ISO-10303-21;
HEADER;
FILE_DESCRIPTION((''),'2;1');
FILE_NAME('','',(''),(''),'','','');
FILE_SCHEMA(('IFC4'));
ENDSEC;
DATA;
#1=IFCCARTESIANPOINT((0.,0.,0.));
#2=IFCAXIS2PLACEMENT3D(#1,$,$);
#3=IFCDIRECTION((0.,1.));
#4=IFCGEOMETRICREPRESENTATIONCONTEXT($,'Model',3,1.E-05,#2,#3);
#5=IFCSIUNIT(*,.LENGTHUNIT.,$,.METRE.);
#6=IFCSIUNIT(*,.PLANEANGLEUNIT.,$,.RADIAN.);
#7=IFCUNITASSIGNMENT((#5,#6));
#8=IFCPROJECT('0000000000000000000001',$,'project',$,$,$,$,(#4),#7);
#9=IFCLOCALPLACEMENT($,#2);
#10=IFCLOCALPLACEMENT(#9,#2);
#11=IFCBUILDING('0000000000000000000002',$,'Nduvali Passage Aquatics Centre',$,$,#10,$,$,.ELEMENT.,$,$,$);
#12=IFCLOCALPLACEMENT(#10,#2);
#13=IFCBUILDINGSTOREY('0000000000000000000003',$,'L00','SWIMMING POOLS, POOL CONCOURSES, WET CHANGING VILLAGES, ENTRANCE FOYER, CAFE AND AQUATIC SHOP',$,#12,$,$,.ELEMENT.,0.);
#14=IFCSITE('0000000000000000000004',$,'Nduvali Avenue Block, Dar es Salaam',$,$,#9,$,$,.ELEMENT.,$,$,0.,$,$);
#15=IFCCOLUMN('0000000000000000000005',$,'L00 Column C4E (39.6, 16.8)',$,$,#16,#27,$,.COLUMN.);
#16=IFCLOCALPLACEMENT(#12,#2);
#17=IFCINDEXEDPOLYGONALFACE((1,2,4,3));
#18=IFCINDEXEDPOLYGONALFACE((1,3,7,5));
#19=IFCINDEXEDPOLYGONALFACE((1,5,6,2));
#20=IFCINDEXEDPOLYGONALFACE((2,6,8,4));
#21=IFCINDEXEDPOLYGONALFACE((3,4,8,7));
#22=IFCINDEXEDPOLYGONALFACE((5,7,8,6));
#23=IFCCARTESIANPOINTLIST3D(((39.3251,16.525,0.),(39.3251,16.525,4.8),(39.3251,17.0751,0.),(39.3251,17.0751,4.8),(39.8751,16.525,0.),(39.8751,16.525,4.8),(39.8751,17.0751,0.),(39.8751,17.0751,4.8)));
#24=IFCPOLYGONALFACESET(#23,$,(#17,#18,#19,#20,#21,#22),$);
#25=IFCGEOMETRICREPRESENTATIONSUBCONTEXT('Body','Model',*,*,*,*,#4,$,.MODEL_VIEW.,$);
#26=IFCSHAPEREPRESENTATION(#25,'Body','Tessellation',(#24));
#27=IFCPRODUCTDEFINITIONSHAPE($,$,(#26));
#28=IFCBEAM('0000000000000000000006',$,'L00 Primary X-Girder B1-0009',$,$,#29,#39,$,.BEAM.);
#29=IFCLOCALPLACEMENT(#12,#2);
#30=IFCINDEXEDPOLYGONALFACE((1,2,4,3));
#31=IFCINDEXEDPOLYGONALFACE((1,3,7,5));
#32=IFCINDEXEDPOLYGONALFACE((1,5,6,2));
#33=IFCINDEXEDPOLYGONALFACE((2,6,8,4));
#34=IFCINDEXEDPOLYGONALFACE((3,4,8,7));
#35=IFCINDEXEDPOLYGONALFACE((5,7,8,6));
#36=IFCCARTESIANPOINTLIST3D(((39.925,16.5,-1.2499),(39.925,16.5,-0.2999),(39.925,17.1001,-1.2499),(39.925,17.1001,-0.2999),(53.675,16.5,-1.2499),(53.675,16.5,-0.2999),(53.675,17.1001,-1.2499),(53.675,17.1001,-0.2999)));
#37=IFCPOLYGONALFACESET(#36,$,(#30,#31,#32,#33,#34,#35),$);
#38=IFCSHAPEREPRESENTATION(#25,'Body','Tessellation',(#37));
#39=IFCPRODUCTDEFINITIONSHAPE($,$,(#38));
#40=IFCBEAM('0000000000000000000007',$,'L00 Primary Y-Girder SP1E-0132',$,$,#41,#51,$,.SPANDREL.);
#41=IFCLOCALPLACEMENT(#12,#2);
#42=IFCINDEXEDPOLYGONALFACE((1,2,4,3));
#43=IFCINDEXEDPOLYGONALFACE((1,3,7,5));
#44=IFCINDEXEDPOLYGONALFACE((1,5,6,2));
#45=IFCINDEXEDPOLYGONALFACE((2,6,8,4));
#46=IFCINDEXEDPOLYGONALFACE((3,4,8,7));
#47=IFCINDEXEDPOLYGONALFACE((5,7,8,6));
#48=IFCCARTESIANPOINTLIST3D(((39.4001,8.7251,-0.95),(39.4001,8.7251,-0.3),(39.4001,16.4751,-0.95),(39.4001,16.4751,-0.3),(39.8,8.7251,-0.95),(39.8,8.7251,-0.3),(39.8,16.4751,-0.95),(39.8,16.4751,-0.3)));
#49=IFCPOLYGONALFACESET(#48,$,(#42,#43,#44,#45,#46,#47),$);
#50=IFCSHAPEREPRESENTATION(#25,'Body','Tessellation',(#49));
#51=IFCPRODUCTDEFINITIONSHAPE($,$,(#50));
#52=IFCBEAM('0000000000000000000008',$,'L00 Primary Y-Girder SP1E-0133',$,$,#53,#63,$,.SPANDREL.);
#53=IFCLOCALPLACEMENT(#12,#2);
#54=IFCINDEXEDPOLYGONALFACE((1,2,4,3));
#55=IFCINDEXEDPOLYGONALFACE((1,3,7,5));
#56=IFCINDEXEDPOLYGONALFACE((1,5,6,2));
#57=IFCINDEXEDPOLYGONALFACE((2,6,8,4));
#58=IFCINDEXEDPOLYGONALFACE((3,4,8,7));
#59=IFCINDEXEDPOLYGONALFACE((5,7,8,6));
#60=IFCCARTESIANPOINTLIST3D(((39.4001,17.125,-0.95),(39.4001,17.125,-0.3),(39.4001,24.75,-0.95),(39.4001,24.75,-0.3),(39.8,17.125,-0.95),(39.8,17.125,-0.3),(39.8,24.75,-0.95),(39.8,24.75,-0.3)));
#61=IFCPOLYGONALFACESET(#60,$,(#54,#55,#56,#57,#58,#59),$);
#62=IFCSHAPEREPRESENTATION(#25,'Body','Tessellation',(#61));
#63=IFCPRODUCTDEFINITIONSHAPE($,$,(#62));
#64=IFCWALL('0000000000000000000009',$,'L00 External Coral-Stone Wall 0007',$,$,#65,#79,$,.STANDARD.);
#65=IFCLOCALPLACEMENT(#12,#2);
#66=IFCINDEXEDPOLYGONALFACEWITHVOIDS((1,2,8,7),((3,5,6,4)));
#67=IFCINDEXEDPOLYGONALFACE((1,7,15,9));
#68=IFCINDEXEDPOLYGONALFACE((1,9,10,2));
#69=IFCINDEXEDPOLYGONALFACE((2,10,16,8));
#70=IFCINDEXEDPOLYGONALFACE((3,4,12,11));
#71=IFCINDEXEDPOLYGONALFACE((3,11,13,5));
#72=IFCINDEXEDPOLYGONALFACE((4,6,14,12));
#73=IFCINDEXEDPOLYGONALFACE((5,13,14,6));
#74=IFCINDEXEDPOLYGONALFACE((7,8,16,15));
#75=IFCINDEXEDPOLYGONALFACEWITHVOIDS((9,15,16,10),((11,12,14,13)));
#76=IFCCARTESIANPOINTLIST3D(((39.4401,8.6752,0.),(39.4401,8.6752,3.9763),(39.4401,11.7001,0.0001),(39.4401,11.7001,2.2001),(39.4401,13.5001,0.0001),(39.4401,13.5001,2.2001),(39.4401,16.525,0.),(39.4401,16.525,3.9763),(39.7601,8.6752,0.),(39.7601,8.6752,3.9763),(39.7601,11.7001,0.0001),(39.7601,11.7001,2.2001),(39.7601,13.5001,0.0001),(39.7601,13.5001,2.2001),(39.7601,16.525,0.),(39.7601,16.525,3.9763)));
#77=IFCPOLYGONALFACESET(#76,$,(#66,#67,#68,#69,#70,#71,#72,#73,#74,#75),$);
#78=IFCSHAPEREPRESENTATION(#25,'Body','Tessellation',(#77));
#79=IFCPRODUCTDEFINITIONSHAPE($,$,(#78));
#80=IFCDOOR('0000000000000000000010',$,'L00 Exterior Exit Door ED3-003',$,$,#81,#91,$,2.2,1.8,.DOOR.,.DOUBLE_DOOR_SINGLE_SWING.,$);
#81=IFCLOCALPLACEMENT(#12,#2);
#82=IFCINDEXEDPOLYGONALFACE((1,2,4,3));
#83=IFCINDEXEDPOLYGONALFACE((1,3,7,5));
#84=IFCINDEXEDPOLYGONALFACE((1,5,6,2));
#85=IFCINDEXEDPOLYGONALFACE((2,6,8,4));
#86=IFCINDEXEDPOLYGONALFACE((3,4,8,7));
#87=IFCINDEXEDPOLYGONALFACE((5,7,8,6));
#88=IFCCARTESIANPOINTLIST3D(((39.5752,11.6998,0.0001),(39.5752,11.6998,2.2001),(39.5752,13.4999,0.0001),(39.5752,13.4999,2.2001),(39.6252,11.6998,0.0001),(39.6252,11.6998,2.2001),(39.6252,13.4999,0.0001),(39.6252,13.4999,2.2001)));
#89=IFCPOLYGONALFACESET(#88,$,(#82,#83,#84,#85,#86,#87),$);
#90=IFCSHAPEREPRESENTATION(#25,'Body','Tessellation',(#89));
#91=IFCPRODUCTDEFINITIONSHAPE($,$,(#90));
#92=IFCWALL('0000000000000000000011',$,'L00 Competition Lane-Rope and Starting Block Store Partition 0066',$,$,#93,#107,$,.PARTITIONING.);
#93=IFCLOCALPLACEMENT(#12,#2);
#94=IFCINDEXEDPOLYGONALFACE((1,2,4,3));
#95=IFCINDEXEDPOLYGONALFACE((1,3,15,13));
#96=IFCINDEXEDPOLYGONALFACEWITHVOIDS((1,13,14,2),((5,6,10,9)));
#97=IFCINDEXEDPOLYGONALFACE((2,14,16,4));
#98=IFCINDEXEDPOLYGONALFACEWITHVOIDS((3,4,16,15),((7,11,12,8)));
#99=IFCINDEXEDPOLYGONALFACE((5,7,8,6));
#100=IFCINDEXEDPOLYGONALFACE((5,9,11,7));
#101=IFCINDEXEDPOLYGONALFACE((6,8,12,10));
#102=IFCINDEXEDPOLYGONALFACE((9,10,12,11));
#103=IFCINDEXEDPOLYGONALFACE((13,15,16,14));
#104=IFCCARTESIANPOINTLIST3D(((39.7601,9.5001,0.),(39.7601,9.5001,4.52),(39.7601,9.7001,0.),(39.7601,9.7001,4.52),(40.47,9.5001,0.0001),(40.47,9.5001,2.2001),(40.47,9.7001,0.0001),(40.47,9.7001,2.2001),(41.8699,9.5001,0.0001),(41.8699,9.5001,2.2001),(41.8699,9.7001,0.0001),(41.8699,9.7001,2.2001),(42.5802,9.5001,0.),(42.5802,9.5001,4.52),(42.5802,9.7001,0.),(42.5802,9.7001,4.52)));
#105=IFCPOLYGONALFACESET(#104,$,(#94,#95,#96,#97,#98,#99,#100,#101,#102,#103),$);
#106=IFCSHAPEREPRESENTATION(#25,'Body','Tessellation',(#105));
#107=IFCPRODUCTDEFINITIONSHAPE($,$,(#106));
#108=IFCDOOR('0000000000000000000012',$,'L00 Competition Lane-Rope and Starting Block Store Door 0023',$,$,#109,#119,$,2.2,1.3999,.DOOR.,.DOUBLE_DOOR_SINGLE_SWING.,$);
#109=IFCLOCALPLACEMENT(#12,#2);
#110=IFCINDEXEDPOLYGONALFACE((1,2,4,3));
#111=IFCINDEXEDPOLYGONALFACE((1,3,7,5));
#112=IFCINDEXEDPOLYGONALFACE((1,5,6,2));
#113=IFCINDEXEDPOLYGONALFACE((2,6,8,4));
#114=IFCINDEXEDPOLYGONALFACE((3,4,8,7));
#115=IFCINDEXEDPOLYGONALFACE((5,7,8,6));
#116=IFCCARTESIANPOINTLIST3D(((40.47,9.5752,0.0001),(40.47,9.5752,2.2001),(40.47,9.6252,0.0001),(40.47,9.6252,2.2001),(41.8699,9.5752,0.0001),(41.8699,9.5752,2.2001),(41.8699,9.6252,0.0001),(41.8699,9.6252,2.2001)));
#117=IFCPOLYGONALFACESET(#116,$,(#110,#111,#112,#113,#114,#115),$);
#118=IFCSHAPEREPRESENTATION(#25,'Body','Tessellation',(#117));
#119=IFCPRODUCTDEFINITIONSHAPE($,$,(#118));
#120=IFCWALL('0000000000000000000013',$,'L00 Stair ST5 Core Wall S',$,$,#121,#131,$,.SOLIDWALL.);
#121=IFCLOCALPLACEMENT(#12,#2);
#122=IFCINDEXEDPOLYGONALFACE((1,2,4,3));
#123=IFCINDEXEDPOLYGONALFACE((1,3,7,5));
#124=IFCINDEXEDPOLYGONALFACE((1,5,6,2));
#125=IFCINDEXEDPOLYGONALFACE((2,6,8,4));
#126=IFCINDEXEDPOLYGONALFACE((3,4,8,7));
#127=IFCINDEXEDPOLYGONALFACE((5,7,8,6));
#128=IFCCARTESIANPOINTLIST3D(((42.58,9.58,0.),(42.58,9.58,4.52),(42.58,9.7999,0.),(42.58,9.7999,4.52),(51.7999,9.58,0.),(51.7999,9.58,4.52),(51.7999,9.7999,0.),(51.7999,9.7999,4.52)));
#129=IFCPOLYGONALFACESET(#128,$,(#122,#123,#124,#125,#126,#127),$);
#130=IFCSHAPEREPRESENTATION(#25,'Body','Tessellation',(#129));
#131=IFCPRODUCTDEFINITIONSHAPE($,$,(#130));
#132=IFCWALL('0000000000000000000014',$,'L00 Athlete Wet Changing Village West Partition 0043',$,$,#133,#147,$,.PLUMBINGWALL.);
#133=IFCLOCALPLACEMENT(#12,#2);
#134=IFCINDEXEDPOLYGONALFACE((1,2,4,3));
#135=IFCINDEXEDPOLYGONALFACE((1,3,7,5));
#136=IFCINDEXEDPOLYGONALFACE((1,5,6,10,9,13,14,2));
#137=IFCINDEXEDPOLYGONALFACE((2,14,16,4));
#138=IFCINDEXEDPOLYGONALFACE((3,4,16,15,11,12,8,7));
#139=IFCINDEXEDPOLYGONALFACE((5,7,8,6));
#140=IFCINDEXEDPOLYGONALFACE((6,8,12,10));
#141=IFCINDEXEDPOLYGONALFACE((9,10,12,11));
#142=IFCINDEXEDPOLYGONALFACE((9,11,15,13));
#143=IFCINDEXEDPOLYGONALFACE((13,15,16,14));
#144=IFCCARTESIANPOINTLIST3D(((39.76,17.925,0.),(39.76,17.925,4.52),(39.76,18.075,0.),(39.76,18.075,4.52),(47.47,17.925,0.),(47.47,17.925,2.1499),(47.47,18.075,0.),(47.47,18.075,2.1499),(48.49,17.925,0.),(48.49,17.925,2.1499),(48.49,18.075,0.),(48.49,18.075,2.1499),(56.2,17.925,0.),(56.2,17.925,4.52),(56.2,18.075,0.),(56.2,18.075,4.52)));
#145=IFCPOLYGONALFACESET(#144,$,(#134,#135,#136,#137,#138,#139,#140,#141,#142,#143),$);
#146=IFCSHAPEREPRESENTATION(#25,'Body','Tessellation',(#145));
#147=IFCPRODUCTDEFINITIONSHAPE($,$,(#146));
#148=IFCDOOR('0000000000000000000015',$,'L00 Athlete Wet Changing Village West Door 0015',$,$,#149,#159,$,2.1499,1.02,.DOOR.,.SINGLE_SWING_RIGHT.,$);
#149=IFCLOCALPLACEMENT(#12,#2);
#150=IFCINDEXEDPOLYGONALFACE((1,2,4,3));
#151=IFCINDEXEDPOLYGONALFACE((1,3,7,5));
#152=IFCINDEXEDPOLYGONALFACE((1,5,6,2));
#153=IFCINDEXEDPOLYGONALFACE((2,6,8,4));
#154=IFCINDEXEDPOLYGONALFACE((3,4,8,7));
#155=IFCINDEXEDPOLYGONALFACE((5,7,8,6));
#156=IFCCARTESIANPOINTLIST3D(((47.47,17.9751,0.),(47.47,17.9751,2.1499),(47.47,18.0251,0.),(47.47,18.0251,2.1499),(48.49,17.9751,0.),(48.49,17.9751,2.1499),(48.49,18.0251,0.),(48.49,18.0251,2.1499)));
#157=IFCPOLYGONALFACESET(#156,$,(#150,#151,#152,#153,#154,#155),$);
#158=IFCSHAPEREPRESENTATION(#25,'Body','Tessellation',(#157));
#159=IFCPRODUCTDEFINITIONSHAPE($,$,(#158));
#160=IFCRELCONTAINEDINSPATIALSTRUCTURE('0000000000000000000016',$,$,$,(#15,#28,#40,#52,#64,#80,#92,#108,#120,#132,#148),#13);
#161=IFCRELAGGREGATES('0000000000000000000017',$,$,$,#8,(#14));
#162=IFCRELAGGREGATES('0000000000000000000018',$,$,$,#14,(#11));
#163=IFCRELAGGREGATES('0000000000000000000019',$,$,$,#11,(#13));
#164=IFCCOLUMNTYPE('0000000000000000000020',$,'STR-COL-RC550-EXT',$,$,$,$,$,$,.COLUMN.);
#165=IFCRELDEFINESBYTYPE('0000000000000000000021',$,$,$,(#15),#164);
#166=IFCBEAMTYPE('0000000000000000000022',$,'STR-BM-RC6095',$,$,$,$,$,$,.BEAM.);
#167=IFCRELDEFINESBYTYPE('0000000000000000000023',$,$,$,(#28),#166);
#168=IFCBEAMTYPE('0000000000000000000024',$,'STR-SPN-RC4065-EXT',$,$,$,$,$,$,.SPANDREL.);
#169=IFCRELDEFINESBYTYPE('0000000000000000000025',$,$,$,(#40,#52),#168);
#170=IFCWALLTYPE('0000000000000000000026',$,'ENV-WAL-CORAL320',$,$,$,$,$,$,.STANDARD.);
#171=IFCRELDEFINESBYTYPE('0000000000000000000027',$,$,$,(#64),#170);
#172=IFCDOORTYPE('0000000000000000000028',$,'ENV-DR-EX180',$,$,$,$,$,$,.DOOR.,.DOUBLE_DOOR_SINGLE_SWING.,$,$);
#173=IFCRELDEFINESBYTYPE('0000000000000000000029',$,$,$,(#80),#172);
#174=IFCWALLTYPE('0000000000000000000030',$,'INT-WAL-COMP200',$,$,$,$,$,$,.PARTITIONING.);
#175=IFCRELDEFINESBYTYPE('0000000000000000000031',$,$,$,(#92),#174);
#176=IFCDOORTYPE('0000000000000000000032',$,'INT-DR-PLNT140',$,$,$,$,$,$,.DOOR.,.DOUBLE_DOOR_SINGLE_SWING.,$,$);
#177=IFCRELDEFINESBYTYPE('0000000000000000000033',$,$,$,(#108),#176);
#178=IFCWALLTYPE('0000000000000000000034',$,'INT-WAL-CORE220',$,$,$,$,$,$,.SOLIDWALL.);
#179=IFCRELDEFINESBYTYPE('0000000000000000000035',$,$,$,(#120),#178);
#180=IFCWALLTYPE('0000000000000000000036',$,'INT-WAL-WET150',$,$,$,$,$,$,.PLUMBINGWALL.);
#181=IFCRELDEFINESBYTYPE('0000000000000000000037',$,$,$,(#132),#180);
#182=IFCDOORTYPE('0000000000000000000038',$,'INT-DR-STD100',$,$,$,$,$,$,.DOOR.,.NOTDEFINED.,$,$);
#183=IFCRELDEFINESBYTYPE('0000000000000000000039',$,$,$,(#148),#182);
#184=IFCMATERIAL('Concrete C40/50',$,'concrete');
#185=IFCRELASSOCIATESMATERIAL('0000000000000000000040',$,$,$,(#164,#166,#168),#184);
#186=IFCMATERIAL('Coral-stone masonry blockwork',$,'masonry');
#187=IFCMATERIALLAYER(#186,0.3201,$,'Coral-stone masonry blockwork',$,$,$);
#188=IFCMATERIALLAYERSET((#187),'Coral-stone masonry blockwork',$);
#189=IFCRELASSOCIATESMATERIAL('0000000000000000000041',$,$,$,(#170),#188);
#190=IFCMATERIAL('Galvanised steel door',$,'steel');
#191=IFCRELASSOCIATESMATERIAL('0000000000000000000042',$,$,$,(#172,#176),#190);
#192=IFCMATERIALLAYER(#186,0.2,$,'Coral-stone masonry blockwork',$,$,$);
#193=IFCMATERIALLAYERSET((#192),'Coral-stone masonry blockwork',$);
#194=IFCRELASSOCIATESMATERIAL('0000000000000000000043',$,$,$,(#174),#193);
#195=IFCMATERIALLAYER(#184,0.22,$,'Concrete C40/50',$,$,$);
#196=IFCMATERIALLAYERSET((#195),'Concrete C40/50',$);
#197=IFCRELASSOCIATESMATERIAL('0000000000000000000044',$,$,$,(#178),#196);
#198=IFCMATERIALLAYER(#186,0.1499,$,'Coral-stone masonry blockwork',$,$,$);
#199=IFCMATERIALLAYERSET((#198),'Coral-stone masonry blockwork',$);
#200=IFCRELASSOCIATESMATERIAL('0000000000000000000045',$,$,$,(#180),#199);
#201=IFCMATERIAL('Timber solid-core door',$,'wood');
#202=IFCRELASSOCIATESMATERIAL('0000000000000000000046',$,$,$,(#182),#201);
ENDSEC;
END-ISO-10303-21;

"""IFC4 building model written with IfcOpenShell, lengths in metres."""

from ifc_helpers import new_model, si_unit, direction, frame, frame_2d, origin, origin_2d, place, context, subcontext, project, spatial, rectangle, extrude, material, layer, layer_set, material_profile, profile_set, type_object, element, fill, save


model = new_model("IFC4")

# Units and contexts
model_context = context("Model", 3, precision=1e-05, world=origin(), true_north=direction((0.0, 1.0)))
body_context = subcontext(model_context, "Body", "Model", "MODEL_VIEW")
ifc_project = project(units=[si_unit("LENGTHUNIT", "METRE"), si_unit("PLANEANGLEUNIT", "RADIAN")], contexts=[model_context])

# Site, building, storey
site_placement = place(None, origin())
site = spatial("IfcSite", under=ifc_project, at=site_placement, Name="Nduvali Avenue Block, Dar es Salaam", CompositionType="ELEMENT", RefElevation=0.0)
building_placement = place(site_placement, origin())
building = spatial("IfcBuilding", under=site, at=building_placement, Name="Nduvali Passage Aquatics Centre", CompositionType="ELEMENT")
storey_placement = place(building_placement, origin())
storey = spatial("IfcBuildingStorey", under=building, at=storey_placement, Name="L00", Description="SWIMMING POOLS, POOL CONCOURSES, WET CHANGING VILLAGES, ENTRANCE FOYER, CAFE AND AQUATIC SHOP", CompositionType="ELEMENT", Elevation=0.0)

# Column
ifc_material_1 = material(Name="Concrete C40/50", Category="concrete")
ifc_material_profile_1 = material_profile(ifc_material_1, rectangle(XDim=0.55, YDim=0.55, at=origin_2d()), Name="RC 550x550")
ifc_profile_set_1 = profile_set([ifc_material_profile_1], Name="Concrete C40/50")
column_type = type_object("IfcColumnType", Name="STR-COL-RC550-EXT", PredefinedType="COLUMN", material=ifc_profile_set_1)
column_placement = place(storey_placement, frame((39.6001, 16.8, 0.0), z_axis=(0.0, 0.0, 1.0), x_axis=(1.0, 0.0, 0.0)))
element("IfcColumn", 1, at=column_placement, inside=storey, type_object=column_type, Name="L00 Column C4E (39.6, 16.8)", PredefinedType="COLUMN", context=body_context, shape_type="SweptSolid", body=[
    extrude(rectangle(XDim=0.55, YDim=0.55, at=origin_2d()), origin(), (0.0, 0.0, 1.0), 4.8),
])

# Beams
ifc_material_profile_2 = material_profile(ifc_material_1, rectangle(XDim=0.6001, YDim=0.95, at=origin_2d()), Name="RC 600x950")
ifc_profile_set_2 = profile_set([ifc_material_profile_2], Name="Concrete C40/50")
beam_type_1 = type_object("IfcBeamType", Name="STR-BM-RC6095", PredefinedType="BEAM", material=ifc_profile_set_2)
beam_1_placement = place(storey_placement, frame((39.925, 16.8, -0.7749), z_axis=(1.0, 0.0, 0.0), x_axis=(0.0, 1.0, 0.0)))
element("IfcBeam", 2, at=beam_1_placement, inside=storey, type_object=beam_type_1, Name="L00 Primary X-Girder B1-0009", PredefinedType="BEAM", context=body_context, shape_type="SweptSolid", body=[
    extrude(rectangle(XDim=0.6001, YDim=0.95, at=origin_2d()), origin(), (0.0, 0.0, 1.0), 13.75),
])
ifc_material_profile_3 = material_profile(ifc_material_1, rectangle(XDim=0.3999, YDim=0.6499, at=origin_2d()), Name="RC 400x650")
ifc_profile_set_3 = profile_set([ifc_material_profile_3], Name="Concrete C40/50")
beam_type_2 = type_object("IfcBeamType", Name="STR-SPN-RC4065-EXT", PredefinedType="SPANDREL", material=ifc_profile_set_3)
beam_2_placement = place(storey_placement, frame((39.6001, 8.7251, -0.625), z_axis=(0.0, 1.0, 0.0), x_axis=(-1.0, 0.0, 0.0)))
element("IfcBeam", 3, at=beam_2_placement, inside=storey, type_object=beam_type_2, Name="L00 Primary Y-Girder SP1E-0132", PredefinedType="SPANDREL", context=body_context, shape_type="SweptSolid", body=[
    extrude(rectangle(XDim=0.3999, YDim=0.6499, at=origin_2d()), origin(), (0.0, 0.0, 1.0), 7.75),
])
beam_3_placement = place(storey_placement, frame((39.6001, 17.125, -0.625), z_axis=(0.0, 1.0, 0.0), x_axis=(-1.0, 0.0, 0.0)))
element("IfcBeam", 4, at=beam_3_placement, inside=storey, type_object=beam_type_2, Name="L00 Primary Y-Girder SP1E-0133", PredefinedType="SPANDREL", context=body_context, shape_type="SweptSolid", body=[
    extrude(rectangle(XDim=0.3999, YDim=0.6499, at=origin_2d()), origin(), (0.0, 0.0, 1.0), 7.625),
])

# Walls, openings, doors
ifc_material_2 = material(Name="Coral-stone masonry blockwork", Category="masonry")
ifc_layer_1 = layer(ifc_material_2, 0.3201, Name="Coral-stone masonry blockwork")
ifc_layer_set_1 = layer_set([ifc_layer_1], Name="Coral-stone masonry blockwork")
wall_type_1 = type_object("IfcWallType", Name="ENV-WAL-CORAL320", PredefinedType="STANDARD", material=ifc_layer_set_1)
wall_1_placement = place(storey_placement, frame((39.6001, 16.5249, 0.0), z_axis=(0.0, 0.0, 1.0), x_axis=(0.0, -1.0, 0.0)))
wall_1 = element("IfcWall", 5, at=wall_1_placement, inside=storey, type_object=wall_type_1, Name="L00 External Coral-Stone Wall 0007", PredefinedType="STANDARD", context=body_context, shape_type="SweptSolid", body=[
    extrude(rectangle(XDim=7.8499, YDim=0.3201, at=frame_2d((3.9248, 0.0))), origin(), (0.0, 0.0, 1.0), 3.9763),
])
opening_1_placement = place(wall_1_placement, frame((3.0249, 0.0, 0.0)))
opening_1 = element("IfcOpeningElement", 6, at=opening_1_placement, cuts=wall_1, PredefinedType="OPENING", context=body_context, shape_type="SweptSolid", body=[
    extrude(rectangle(XDim=1.8, YDim=2.2, at=frame_2d((0.8999, 1.1001))), frame((0.0, 0.1748, 0.0), z_axis=(0.0, -1.0, 0.0), x_axis=(1.0, 0.0, 0.0)), (0.0, 0.0, 1.0), 0.3499),
])
ifc_material_3 = material(Name="Galvanised steel door", Category="steel")
door_type_1 = type_object("IfcDoorType", Name="ENV-DR-EX180", OperationType="DOUBLE_DOOR_SINGLE_SWING", PredefinedType="DOOR", material=ifc_material_3)
door_1_placement = place(opening_1_placement, frame((1.8, 0.0, 0.0), z_axis=(0.0, 0.0, 1.0), x_axis=(-1.0, 0.0, 0.0)))
door_1 = element("IfcDoor", 7, at=door_1_placement, inside=storey, type_object=door_type_1, Name="L00 Exterior Exit Door ED3-003", OperationType="DOUBLE_DOOR_SINGLE_SWING", OverallHeight=2.2, OverallWidth=1.8, PredefinedType="DOOR", context=body_context, shape_type="SweptSolid", body=[
    extrude(rectangle(XDim=1.8, YDim=2.2, at=frame_2d((0.8999, 1.1001))), frame((0.0, 0.0249, 0.0), z_axis=(0.0, -1.0, 0.0), x_axis=(1.0, 0.0, 0.0)), (0.0, 0.0, 1.0), 0.05),
])
fill(opening_1, door_1)
ifc_layer_2 = layer(ifc_material_2, 0.2, Name="Coral-stone masonry blockwork")
ifc_layer_set_2 = layer_set([ifc_layer_2], Name="Coral-stone masonry blockwork")
wall_type_2 = type_object("IfcWallType", Name="INT-WAL-COMP200", PredefinedType="PARTITIONING", material=ifc_layer_set_2)
wall_2_placement = place(storey_placement, frame((39.76, 9.6001, 0.0), z_axis=(0.0, 0.0, 1.0), x_axis=(1.0, 0.0, 0.0)))
wall_2 = element("IfcWall", 8, at=wall_2_placement, inside=storey, type_object=wall_type_2, Name="L00 Competition Lane-Rope and Starting Block Store Partition 0066", PredefinedType="PARTITIONING", context=body_context, shape_type="SweptSolid", body=[
    extrude(rectangle(XDim=2.8201, YDim=0.2, at=frame_2d((1.4102, 0.0))), origin(), (0.0, 0.0, 1.0), 4.52),
])
opening_2_placement = place(wall_2_placement, frame((0.71, 0.0, 0.0)))
opening_2 = element("IfcOpeningElement", 9, at=opening_2_placement, cuts=wall_2, PredefinedType="OPENING", context=body_context, shape_type="SweptSolid", body=[
    extrude(rectangle(XDim=1.3999, YDim=2.2, at=frame_2d((0.7, 1.1001))), frame((0.0, 0.1147, 0.0), z_axis=(0.0, -1.0, 0.0), x_axis=(1.0, 0.0, 0.0)), (0.0, 0.0, 1.0), 0.2297),
])
door_type_2 = type_object("IfcDoorType", Name="INT-DR-PLNT140", OperationType="DOUBLE_DOOR_SINGLE_SWING", PredefinedType="DOOR", material=ifc_material_3)
door_2_placement = place(opening_2_placement, frame((1.3999, 0.0, 0.0), z_axis=(0.0, 0.0, 1.0), x_axis=(-1.0, 0.0, 0.0)))
door_2 = element("IfcDoor", 10, at=door_2_placement, inside=storey, type_object=door_type_2, Name="L00 Competition Lane-Rope and Starting Block Store Door 0023", OperationType="DOUBLE_DOOR_SINGLE_SWING", OverallHeight=2.2, OverallWidth=1.3999, PredefinedType="DOOR", context=body_context, shape_type="SweptSolid", body=[
    extrude(rectangle(XDim=1.3999, YDim=2.2, at=frame_2d((0.7, 1.1001))), frame((0.0, 0.0249, 0.0), z_axis=(0.0, -1.0, 0.0), x_axis=(1.0, 0.0, 0.0)), (0.0, 0.0, 1.0), 0.05),
])
fill(opening_2, door_2)

# Wall
ifc_layer_3 = layer(ifc_material_1, 0.22, Name="Concrete C40/50")
ifc_layer_set_3 = layer_set([ifc_layer_3], Name="Concrete C40/50")
wall_type_3 = type_object("IfcWallType", Name="INT-WAL-CORE220", PredefinedType="SOLIDWALL", material=ifc_layer_set_3)
wall_3_placement = place(storey_placement, frame((42.5801, 9.6899, 0.0), z_axis=(0.0, 0.0, 1.0), x_axis=(1.0, 0.0, 0.0)))
element("IfcWall", 11, at=wall_3_placement, inside=storey, type_object=wall_type_3, Name="L00 Stair ST5 Core Wall S", PredefinedType="SOLIDWALL", context=body_context, shape_type="SweptSolid", body=[
    extrude(rectangle(XDim=9.22, YDim=0.22, at=frame_2d((4.6099, 0.0))), origin(), (0.0, 0.0, 1.0), 4.52),
])

# Wall, opening, door
ifc_layer_4 = layer(ifc_material_2, 0.1499, Name="Coral-stone masonry blockwork")
ifc_layer_set_4 = layer_set([ifc_layer_4], Name="Coral-stone masonry blockwork")
wall_type_4 = type_object("IfcWallType", Name="INT-WAL-WET150", PredefinedType="PLUMBINGWALL", material=ifc_layer_set_4)
wall_4_placement = place(storey_placement, frame((39.76, 18.0, 0.0), z_axis=(0.0, 0.0, 1.0), x_axis=(1.0, 0.0, 0.0)))
wall_4 = element("IfcWall", 12, at=wall_4_placement, inside=storey, type_object=wall_type_4, Name="L00 Athlete Wet Changing Village West Partition 0043", PredefinedType="PLUMBINGWALL", context=body_context, shape_type="SweptSolid", body=[
    extrude(rectangle(XDim=16.4399, YDim=0.1499, at=frame_2d((8.22, 0.0))), origin(), (0.0, 0.0, 1.0), 4.52),
])
opening_3_placement = place(wall_4_placement, frame((7.71, 0.0, 0.0)))
opening_3 = element("IfcOpeningElement", 13, at=opening_3_placement, cuts=wall_4, PredefinedType="OPENING", context=body_context, shape_type="SweptSolid", body=[
    extrude(rectangle(XDim=1.02, YDim=2.1499, at=frame_2d((0.51, 1.075))), frame((0.0, 0.0898, 0.0), z_axis=(0.0, -1.0, 0.0), x_axis=(1.0, 0.0, 0.0)), (0.0, 0.0, 1.0), 0.1797),
])
ifc_material_4 = material(Name="Timber solid-core door", Category="wood")
door_type_3 = type_object("IfcDoorType", Name="INT-DR-STD100", OperationType="NOTDEFINED", PredefinedType="DOOR", material=ifc_material_4)
door_3_placement = place(opening_3_placement, frame((1.02, 0.0, 0.0), z_axis=(0.0, 0.0, 1.0), x_axis=(-1.0, 0.0, 0.0)))
door_3 = element("IfcDoor", 14, at=door_3_placement, inside=storey, type_object=door_type_3, Name="L00 Athlete Wet Changing Village West Door 0015", OperationType="SINGLE_SWING_RIGHT", OverallHeight=2.1499, OverallWidth=1.02, PredefinedType="DOOR", context=body_context, shape_type="SweptSolid", body=[
    extrude(rectangle(XDim=1.02, YDim=2.1499, at=frame_2d((0.51, 1.075))), frame((0.0, 0.0249, 0.0), z_axis=(0.0, -1.0, 0.0), x_axis=(1.0, 0.0, 0.0)), (0.0, 0.0, 1.0), 0.05),
])
fill(opening_3, door_3)

save(model, "model.ifc")
